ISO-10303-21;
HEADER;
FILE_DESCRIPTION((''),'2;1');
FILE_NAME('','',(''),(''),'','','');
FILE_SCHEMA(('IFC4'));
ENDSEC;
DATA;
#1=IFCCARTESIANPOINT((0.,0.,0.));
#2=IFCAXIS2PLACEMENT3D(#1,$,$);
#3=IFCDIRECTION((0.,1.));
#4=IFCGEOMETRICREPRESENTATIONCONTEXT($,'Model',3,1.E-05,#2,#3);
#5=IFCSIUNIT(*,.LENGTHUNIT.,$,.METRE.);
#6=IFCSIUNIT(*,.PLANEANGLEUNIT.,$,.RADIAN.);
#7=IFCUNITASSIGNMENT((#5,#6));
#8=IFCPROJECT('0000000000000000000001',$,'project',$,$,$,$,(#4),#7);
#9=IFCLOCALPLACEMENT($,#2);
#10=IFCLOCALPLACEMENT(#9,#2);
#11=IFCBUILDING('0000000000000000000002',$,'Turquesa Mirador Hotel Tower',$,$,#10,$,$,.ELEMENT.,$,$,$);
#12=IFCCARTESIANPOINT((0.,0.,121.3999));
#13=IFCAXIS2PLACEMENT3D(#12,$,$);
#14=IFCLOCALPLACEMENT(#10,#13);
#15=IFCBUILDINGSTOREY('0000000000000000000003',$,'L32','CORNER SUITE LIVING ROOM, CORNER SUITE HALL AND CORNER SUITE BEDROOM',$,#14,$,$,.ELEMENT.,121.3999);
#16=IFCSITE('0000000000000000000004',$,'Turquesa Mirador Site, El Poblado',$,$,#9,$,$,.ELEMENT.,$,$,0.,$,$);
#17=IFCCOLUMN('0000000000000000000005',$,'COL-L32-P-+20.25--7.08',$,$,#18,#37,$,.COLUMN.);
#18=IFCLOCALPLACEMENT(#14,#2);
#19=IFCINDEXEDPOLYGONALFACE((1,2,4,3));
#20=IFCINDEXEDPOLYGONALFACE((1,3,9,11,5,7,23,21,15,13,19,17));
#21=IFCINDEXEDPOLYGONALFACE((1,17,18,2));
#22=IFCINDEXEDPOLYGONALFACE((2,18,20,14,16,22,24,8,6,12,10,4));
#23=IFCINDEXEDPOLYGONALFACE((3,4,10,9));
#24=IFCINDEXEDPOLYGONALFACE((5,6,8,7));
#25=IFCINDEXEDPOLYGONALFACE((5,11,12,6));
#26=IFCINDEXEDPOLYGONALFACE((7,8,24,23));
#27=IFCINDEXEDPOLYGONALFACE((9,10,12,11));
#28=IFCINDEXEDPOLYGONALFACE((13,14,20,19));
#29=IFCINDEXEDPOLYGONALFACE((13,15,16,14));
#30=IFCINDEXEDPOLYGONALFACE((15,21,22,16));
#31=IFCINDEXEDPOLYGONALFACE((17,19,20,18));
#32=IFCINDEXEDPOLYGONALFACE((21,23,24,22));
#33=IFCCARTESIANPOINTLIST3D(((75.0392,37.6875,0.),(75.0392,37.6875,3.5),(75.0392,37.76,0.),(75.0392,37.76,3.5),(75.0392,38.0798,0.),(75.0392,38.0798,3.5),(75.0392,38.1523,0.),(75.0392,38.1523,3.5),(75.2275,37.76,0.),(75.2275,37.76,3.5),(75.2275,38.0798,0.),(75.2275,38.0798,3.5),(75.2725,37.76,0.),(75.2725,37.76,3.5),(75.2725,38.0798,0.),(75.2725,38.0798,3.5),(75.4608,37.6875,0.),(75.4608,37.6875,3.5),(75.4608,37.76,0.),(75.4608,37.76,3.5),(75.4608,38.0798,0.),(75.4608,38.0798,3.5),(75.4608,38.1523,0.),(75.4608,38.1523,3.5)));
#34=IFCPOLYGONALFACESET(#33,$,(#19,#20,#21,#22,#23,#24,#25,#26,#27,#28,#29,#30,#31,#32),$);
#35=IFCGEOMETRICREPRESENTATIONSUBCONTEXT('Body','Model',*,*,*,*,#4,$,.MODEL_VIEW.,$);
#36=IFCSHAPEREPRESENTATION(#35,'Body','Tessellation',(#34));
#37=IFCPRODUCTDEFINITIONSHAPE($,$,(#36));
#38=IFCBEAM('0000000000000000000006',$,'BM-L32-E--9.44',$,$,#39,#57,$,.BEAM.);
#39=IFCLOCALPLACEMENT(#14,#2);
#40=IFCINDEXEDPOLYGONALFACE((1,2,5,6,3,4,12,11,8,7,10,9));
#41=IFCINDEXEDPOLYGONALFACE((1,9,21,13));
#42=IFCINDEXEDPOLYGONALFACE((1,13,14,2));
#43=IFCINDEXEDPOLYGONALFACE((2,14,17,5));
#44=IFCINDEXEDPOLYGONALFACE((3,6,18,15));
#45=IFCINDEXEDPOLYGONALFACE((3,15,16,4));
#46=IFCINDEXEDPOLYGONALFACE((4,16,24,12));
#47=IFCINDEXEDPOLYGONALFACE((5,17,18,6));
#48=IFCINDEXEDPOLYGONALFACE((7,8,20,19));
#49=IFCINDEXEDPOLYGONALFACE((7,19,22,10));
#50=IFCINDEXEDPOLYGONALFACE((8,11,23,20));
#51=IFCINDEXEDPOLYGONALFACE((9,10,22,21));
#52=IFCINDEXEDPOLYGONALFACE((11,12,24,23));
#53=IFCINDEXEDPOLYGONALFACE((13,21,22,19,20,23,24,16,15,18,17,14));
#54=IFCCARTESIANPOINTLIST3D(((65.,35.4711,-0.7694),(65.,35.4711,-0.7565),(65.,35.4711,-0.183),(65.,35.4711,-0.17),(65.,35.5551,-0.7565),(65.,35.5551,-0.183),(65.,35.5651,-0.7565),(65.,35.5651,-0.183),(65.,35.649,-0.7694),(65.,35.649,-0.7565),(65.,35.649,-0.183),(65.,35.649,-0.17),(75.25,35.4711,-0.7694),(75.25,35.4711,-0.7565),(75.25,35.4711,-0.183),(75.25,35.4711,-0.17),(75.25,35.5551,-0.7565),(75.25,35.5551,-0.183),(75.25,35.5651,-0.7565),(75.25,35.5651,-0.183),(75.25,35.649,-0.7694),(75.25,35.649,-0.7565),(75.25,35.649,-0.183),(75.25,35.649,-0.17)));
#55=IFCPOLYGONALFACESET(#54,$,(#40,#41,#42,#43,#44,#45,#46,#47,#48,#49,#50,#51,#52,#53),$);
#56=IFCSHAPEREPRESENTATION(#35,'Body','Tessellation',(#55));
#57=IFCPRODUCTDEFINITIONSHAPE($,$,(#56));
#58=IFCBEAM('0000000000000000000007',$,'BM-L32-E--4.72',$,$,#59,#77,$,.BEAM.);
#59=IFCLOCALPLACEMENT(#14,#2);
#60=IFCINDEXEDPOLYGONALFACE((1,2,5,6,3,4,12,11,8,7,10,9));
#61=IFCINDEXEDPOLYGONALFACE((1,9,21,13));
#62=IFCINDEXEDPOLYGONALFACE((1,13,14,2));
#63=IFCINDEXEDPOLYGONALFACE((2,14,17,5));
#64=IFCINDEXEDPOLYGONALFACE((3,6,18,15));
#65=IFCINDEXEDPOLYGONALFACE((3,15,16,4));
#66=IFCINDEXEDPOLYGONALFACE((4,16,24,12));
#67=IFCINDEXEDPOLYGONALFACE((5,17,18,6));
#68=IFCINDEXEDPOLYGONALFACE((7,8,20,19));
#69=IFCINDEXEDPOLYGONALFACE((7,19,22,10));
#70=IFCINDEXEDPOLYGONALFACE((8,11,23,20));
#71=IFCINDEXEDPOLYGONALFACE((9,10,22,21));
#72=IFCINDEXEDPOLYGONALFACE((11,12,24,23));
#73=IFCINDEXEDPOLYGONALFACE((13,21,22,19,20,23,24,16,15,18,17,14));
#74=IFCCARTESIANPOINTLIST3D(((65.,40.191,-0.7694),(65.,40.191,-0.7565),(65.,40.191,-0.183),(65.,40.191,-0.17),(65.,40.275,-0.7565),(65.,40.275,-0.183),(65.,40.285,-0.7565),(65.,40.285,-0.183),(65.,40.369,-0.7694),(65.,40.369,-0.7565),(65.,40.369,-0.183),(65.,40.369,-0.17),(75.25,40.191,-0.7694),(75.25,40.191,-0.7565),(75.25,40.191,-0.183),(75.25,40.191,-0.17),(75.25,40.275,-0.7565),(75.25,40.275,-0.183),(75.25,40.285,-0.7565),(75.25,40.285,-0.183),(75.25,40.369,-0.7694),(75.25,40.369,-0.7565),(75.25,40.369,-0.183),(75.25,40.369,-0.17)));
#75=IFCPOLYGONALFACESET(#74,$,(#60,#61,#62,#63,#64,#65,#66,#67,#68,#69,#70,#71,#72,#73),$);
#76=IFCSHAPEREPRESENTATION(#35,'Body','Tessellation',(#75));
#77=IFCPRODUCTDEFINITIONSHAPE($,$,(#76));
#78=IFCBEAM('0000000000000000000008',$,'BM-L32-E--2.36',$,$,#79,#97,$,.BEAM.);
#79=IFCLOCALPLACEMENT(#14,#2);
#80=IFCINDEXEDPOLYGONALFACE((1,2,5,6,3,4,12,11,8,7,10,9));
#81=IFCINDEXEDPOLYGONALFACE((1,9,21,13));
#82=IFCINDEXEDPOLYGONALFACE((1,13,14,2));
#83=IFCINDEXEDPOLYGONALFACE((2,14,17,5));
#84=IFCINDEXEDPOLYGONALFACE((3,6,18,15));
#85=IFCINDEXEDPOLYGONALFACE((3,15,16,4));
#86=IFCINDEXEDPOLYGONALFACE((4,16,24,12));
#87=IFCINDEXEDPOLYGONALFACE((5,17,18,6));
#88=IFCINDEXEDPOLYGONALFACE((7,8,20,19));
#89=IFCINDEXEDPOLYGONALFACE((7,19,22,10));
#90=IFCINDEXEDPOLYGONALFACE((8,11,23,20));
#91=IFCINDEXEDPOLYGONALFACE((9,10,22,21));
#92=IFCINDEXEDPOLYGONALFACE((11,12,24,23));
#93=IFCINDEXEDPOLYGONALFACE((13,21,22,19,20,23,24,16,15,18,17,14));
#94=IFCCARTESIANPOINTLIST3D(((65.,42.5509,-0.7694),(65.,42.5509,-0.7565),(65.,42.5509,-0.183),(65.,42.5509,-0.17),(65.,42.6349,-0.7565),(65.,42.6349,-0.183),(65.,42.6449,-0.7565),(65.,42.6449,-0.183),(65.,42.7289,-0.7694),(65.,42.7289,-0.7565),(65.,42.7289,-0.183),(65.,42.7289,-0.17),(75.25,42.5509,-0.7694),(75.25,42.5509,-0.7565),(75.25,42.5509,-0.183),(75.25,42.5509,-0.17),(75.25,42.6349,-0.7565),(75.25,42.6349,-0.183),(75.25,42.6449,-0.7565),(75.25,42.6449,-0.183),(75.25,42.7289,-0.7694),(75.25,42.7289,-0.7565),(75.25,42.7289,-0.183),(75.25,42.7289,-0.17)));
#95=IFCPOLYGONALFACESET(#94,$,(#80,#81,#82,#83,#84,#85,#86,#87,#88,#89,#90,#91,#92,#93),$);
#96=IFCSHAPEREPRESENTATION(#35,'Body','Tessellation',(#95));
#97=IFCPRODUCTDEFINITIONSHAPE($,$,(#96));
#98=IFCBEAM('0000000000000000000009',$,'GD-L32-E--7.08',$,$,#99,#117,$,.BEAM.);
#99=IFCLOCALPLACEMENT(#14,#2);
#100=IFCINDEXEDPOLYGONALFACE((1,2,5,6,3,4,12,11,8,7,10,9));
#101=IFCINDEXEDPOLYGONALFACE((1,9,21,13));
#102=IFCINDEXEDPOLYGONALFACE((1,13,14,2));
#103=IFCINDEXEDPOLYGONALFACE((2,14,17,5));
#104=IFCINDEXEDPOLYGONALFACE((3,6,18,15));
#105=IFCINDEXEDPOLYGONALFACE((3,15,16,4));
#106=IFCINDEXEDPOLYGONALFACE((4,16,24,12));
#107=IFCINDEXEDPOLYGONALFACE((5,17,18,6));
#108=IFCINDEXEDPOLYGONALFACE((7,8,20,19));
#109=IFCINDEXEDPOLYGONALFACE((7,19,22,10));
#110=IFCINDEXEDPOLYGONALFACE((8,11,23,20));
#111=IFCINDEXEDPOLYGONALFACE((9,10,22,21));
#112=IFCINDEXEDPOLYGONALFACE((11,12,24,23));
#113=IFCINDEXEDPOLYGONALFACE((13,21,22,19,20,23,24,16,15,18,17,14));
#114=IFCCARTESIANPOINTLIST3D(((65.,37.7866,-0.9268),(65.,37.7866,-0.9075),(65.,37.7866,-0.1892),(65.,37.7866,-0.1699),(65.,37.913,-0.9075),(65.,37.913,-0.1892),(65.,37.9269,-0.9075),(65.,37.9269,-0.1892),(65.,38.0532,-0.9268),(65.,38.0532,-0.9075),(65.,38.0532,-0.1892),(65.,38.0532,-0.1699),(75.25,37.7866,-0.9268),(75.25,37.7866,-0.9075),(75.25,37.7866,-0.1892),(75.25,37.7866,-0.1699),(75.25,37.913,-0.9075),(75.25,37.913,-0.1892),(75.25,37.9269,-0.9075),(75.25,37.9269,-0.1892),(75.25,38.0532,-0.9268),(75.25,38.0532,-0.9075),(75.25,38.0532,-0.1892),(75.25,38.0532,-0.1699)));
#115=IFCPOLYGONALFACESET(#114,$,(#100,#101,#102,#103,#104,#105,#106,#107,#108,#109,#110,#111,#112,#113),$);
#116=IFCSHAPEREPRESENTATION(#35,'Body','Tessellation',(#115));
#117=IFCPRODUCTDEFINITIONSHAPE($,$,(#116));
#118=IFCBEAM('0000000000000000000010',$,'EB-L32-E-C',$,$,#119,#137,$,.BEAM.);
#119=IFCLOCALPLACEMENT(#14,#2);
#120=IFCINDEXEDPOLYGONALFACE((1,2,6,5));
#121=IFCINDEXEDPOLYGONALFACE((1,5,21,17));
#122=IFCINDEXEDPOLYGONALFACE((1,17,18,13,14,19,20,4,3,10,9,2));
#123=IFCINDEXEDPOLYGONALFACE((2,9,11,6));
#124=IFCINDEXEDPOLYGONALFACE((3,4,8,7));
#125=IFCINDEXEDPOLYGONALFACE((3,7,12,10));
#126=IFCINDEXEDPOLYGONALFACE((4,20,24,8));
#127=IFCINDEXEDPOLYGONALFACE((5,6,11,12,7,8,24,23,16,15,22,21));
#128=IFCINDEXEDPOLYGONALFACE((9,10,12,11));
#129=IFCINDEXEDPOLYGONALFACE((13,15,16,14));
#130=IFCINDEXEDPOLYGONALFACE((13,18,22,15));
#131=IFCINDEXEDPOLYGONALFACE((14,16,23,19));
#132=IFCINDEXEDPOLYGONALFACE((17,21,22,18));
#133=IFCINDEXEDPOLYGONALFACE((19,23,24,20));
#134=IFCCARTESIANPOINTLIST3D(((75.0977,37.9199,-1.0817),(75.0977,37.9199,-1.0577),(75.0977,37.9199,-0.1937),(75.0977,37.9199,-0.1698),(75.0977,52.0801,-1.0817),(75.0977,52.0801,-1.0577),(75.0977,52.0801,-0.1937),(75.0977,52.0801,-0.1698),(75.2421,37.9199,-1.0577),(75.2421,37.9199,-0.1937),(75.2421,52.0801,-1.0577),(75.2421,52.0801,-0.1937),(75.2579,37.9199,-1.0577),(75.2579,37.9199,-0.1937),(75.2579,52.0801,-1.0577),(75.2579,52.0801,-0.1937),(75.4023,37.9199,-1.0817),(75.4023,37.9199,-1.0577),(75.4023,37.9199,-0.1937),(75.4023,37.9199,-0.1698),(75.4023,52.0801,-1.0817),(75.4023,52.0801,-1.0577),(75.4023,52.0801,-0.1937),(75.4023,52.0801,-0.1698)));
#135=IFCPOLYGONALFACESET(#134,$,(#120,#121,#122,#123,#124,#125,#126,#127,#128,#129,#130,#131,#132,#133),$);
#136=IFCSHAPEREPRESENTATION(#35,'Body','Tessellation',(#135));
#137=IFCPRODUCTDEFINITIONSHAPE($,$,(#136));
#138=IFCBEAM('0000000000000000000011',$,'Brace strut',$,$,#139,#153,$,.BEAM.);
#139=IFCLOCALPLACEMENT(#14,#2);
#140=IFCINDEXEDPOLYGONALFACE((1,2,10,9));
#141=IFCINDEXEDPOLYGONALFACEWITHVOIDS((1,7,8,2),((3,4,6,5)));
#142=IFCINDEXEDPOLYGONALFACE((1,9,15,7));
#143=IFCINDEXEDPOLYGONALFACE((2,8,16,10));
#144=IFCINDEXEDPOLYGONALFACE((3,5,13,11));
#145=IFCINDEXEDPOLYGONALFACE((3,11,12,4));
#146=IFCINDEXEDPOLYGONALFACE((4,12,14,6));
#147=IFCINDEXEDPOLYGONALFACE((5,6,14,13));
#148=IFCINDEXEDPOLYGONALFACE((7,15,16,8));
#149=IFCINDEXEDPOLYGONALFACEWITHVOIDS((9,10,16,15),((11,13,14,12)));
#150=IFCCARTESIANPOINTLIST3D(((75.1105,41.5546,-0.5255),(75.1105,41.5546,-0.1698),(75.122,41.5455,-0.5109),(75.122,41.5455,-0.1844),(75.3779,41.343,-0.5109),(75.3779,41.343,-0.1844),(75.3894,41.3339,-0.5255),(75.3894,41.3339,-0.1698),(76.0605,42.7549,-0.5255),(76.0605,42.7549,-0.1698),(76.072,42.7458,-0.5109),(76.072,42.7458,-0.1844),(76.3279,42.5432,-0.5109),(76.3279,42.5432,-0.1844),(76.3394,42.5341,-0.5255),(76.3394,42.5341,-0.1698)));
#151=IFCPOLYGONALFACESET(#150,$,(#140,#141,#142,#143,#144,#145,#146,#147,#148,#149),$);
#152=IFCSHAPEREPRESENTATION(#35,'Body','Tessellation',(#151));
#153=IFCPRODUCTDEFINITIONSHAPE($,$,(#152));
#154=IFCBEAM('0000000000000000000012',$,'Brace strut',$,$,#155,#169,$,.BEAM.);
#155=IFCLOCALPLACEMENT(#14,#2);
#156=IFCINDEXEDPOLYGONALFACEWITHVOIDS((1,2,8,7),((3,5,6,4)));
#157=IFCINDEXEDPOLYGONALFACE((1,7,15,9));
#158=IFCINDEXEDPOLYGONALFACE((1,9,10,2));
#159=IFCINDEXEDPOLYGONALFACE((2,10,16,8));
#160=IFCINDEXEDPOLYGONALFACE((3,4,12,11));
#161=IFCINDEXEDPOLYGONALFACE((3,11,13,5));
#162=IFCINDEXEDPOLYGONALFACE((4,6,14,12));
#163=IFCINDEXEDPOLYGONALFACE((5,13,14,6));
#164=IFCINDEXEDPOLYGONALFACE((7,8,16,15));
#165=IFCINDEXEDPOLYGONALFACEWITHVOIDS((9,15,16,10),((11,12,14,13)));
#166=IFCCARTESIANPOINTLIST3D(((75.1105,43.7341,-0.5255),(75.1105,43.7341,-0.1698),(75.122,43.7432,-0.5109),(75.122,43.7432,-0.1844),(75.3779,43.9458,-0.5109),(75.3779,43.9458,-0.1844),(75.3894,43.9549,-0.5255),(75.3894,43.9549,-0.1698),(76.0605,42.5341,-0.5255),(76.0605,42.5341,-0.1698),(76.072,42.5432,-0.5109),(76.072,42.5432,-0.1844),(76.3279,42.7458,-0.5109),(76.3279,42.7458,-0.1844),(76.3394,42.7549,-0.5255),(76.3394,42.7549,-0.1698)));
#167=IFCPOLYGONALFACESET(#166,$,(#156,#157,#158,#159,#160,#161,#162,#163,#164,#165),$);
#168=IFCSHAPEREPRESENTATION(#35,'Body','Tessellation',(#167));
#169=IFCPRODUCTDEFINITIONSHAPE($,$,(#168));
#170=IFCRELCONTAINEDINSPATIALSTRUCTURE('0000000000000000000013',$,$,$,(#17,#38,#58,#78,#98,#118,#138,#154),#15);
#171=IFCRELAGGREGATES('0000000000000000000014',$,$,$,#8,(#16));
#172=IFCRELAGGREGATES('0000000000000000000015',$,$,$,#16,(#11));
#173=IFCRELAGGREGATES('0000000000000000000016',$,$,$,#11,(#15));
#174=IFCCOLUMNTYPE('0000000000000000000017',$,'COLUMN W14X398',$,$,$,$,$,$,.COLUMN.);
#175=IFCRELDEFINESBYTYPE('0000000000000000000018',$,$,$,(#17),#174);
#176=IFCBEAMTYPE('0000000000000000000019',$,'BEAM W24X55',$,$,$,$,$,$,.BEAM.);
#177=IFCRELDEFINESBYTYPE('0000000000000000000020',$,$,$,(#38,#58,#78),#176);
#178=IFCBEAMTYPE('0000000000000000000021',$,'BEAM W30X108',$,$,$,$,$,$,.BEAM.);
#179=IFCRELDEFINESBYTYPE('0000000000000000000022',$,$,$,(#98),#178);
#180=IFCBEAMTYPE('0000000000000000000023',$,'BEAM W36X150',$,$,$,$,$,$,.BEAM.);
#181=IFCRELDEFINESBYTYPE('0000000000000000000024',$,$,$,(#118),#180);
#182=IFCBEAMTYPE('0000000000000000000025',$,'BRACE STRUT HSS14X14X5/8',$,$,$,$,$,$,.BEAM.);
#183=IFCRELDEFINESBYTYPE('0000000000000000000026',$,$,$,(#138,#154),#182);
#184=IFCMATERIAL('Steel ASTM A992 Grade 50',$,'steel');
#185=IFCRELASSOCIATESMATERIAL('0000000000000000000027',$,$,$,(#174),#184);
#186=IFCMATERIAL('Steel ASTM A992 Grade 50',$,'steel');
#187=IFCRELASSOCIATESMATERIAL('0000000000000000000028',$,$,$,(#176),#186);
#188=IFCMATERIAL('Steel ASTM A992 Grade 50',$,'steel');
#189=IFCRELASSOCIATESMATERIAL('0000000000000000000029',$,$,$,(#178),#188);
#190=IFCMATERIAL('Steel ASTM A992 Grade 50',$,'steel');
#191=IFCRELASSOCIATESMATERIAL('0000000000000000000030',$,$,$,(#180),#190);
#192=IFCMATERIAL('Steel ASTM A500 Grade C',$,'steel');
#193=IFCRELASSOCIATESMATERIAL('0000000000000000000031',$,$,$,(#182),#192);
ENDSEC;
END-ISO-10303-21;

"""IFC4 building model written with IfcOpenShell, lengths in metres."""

from ifc_helpers import new_model, si_unit, direction, frame, origin, origin_2d, place, context, subcontext, project, spatial, hollow_rectangle, i_section, extrude, material, material_profile, profile_set, type_object, element, save


model = new_model("IFC4")

# Units and contexts
model_context = context("Model", 3, precision=1e-05, world=origin(), true_north=direction((0.0, 1.0)))
body_context = subcontext(model_context, "Body", "Model", "MODEL_VIEW")
ifc_project = project(units=[si_unit("LENGTHUNIT", "METRE"), si_unit("PLANEANGLEUNIT", "RADIAN")], contexts=[model_context])

# Site, building, storey
site_placement = place(None, origin())
site = spatial("IfcSite", under=ifc_project, at=site_placement, Name="Turquesa Mirador Site, El Poblado", CompositionType="ELEMENT", RefElevation=0.0)
building_placement = place(site_placement, origin())
building = spatial("IfcBuilding", under=site, at=building_placement, Name="Turquesa Mirador Hotel Tower", CompositionType="ELEMENT")
storey_placement = place(building_placement, frame((0.0, 0.0, 121.3999)))
storey = spatial("IfcBuildingStorey", under=building, at=storey_placement, Name="L32", Description="CORNER SUITE LIVING ROOM, CORNER SUITE HALL AND CORNER SUITE BEDROOM", CompositionType="ELEMENT", Elevation=121.3999)

# Column
ifc_material_1 = material(Name="Steel ASTM A992 Grade 50", Category="steel")
ifc_material_profile_1 = material_profile(ifc_material_1, i_section(OverallWidth=0.4216, OverallDepth=0.4648, WebThickness=0.0449, FlangeThickness=0.0725, at=origin_2d()), Name="W14X398")
ifc_profile_set_1 = profile_set([ifc_material_profile_1], Name="Steel ASTM A992 Grade 50")
column_type = type_object("IfcColumnType", Name="COLUMN W14X398", PredefinedType="COLUMN", material=ifc_profile_set_1)
column_placement = place(storey_placement, frame((75.25, 37.9199, 0.0), z_axis=(0.0, 0.0, 1.0), x_axis=(1.0, 0.0, 0.0)))
element("IfcColumn", 1, at=column_placement, inside=storey, type_object=column_type, Name="COL-L32-P-+20.25--7.08", PredefinedType="COLUMN", context=body_context, shape_type="SweptSolid", body=[
    extrude(i_section(OverallWidth=0.4216, OverallDepth=0.4648, WebThickness=0.0449, FlangeThickness=0.0725, at=origin_2d()), origin(), (0.0, 0.0, 1.0), 3.5),
])

# Beams
ifc_material_2 = material(Name="Steel ASTM A992 Grade 50", Category="steel")
ifc_material_profile_2 = material_profile(ifc_material_2, i_section(OverallWidth=0.178, OverallDepth=0.5994, WebThickness=0.01, FlangeThickness=0.0129, at=origin_2d()), Name="W24X55")
ifc_profile_set_2 = profile_set([ifc_material_profile_2], Name="Steel ASTM A992 Grade 50")
beam_type_1 = type_object("IfcBeamType", Name="BEAM W24X55", PredefinedType="BEAM", material=ifc_profile_set_2)
for number, where, z_axis, x_axis, name in (
    (2, (75.25, 35.5601, -0.4697), (-1.0, 0.0, 0.0), (0.0, -1.0, 0.0), "BM-L32-E--9.44"),
    (3, (75.25, 40.28, -0.4697), (-1.0, 0.0, 0.0), (0.0, -1.0, 0.0), "BM-L32-E--4.72"),
    (4, (75.25, 42.6399, -0.4697), (-1.0, 0.0, 0.0), (0.0, -1.0, 0.0), "BM-L32-E--2.36"),
):
    element("IfcBeam", number, at=place(storey_placement, frame(where, z_axis=z_axis, x_axis=x_axis)), inside=storey, type_object=beam_type_1, Name=name, PredefinedType="BEAM", context=body_context, shape_type="SweptSolid", body=[
        extrude(i_section(OverallWidth=0.178, OverallDepth=0.5994, WebThickness=0.01, FlangeThickness=0.0129, at=origin_2d()), origin(), (0.0, 0.0, 1.0), 10.25),
    ])
ifc_material_3 = material(Name="Steel ASTM A992 Grade 50", Category="steel")
ifc_material_profile_3 = material_profile(ifc_material_3, i_section(OverallWidth=0.2666, OverallDepth=0.7568, WebThickness=0.0139, FlangeThickness=0.0193, at=origin_2d()), Name="W30X108")
ifc_profile_set_3 = profile_set([ifc_material_profile_3], Name="Steel ASTM A992 Grade 50")
beam_type_2 = type_object("IfcBeamType", Name="BEAM W30X108", PredefinedType="BEAM", material=ifc_profile_set_3)
beam_1_placement = place(storey_placement, frame((75.25, 37.9199, -0.5483), z_axis=(-1.0, 0.0, 0.0), x_axis=(0.0, -1.0, 0.0)))
element("IfcBeam", 5, at=beam_1_placement, inside=storey, type_object=beam_type_2, Name="GD-L32-E--7.08", PredefinedType="BEAM", context=body_context, shape_type="SweptSolid", body=[
    extrude(i_section(OverallWidth=0.2666, OverallDepth=0.7568, WebThickness=0.0139, FlangeThickness=0.0193, at=origin_2d()), origin(), (0.0, 0.0, 1.0), 10.25),
])
ifc_material_4 = material(Name="Steel ASTM A992 Grade 50", Category="steel")
ifc_material_profile_4 = material_profile(ifc_material_4, i_section(OverallWidth=0.3047, OverallDepth=0.9119, WebThickness=0.0159, FlangeThickness=0.0239, at=origin_2d()), Name="W36X150")
ifc_profile_set_4 = profile_set([ifc_material_profile_4], Name="Steel ASTM A992 Grade 50")
beam_type_3 = type_object("IfcBeamType", Name="BEAM W36X150", PredefinedType="BEAM", material=ifc_profile_set_4)
beam_2_placement = place(storey_placement, frame((75.25, 37.9199, -0.6257), z_axis=(0.0, 1.0, 0.0), x_axis=(-1.0, 0.0, 0.0)))
element("IfcBeam", 6, at=beam_2_placement, inside=storey, type_object=beam_type_3, Name="EB-L32-E-C", PredefinedType="BEAM", context=body_context, shape_type="SweptSolid", body=[
    extrude(i_section(OverallWidth=0.3047, OverallDepth=0.9119, WebThickness=0.0159, FlangeThickness=0.0239, at=origin_2d()), origin(), (0.0, 0.0, 1.0), 14.1602),
])
ifc_material_5 = material(Name="Steel ASTM A500 Grade C", Category="steel")
ifc_material_profile_5 = material_profile(ifc_material_5, hollow_rectangle(XDim=0.3557, YDim=0.3557, WallThickness=0.0146, at=origin_2d()), Name="HSS14X14X5/8")
ifc_profile_set_5 = profile_set([ifc_material_profile_5], Name="Steel ASTM A500 Grade C")
beam_type_4 = type_object("IfcBeamType", Name="BRACE STRUT HSS14X14X5/8", PredefinedType="BEAM", material=ifc_profile_set_5)
beam_3_placement = place(storey_placement, frame((76.2, 42.6445, -0.3477), z_axis=(-0.620621, -0.784111, 0.0), x_axis=(0.784111, -0.620621, 0.0)))
element("IfcBeam", 7, at=beam_3_placement, inside=storey, type_object=beam_type_4, Name="Brace strut", PredefinedType="BEAM", context=body_context, shape_type="SweptSolid", body=[
    extrude(hollow_rectangle(XDim=0.3557, YDim=0.3557, WallThickness=0.0146, at=origin_2d()), origin(), (0.0, 0.0, 1.0), 1.5308),
])
beam_4_placement = place(storey_placement, frame((76.2, 42.6445, -0.3477), z_axis=(-0.620699, 0.784049, 0.0), x_axis=(-0.784049, -0.620699, 0.0)))
element("IfcBeam", 8, at=beam_4_placement, inside=storey, type_object=beam_type_4, Name="Brace strut", PredefinedType="BEAM", context=body_context, shape_type="SweptSolid", body=[
    extrude(hollow_rectangle(XDim=0.3557, YDim=0.3557, WallThickness=0.0146, at=origin_2d()), origin(), (0.0, 0.0, 1.0), 1.5305),
])

save(model, "model.ifc")
